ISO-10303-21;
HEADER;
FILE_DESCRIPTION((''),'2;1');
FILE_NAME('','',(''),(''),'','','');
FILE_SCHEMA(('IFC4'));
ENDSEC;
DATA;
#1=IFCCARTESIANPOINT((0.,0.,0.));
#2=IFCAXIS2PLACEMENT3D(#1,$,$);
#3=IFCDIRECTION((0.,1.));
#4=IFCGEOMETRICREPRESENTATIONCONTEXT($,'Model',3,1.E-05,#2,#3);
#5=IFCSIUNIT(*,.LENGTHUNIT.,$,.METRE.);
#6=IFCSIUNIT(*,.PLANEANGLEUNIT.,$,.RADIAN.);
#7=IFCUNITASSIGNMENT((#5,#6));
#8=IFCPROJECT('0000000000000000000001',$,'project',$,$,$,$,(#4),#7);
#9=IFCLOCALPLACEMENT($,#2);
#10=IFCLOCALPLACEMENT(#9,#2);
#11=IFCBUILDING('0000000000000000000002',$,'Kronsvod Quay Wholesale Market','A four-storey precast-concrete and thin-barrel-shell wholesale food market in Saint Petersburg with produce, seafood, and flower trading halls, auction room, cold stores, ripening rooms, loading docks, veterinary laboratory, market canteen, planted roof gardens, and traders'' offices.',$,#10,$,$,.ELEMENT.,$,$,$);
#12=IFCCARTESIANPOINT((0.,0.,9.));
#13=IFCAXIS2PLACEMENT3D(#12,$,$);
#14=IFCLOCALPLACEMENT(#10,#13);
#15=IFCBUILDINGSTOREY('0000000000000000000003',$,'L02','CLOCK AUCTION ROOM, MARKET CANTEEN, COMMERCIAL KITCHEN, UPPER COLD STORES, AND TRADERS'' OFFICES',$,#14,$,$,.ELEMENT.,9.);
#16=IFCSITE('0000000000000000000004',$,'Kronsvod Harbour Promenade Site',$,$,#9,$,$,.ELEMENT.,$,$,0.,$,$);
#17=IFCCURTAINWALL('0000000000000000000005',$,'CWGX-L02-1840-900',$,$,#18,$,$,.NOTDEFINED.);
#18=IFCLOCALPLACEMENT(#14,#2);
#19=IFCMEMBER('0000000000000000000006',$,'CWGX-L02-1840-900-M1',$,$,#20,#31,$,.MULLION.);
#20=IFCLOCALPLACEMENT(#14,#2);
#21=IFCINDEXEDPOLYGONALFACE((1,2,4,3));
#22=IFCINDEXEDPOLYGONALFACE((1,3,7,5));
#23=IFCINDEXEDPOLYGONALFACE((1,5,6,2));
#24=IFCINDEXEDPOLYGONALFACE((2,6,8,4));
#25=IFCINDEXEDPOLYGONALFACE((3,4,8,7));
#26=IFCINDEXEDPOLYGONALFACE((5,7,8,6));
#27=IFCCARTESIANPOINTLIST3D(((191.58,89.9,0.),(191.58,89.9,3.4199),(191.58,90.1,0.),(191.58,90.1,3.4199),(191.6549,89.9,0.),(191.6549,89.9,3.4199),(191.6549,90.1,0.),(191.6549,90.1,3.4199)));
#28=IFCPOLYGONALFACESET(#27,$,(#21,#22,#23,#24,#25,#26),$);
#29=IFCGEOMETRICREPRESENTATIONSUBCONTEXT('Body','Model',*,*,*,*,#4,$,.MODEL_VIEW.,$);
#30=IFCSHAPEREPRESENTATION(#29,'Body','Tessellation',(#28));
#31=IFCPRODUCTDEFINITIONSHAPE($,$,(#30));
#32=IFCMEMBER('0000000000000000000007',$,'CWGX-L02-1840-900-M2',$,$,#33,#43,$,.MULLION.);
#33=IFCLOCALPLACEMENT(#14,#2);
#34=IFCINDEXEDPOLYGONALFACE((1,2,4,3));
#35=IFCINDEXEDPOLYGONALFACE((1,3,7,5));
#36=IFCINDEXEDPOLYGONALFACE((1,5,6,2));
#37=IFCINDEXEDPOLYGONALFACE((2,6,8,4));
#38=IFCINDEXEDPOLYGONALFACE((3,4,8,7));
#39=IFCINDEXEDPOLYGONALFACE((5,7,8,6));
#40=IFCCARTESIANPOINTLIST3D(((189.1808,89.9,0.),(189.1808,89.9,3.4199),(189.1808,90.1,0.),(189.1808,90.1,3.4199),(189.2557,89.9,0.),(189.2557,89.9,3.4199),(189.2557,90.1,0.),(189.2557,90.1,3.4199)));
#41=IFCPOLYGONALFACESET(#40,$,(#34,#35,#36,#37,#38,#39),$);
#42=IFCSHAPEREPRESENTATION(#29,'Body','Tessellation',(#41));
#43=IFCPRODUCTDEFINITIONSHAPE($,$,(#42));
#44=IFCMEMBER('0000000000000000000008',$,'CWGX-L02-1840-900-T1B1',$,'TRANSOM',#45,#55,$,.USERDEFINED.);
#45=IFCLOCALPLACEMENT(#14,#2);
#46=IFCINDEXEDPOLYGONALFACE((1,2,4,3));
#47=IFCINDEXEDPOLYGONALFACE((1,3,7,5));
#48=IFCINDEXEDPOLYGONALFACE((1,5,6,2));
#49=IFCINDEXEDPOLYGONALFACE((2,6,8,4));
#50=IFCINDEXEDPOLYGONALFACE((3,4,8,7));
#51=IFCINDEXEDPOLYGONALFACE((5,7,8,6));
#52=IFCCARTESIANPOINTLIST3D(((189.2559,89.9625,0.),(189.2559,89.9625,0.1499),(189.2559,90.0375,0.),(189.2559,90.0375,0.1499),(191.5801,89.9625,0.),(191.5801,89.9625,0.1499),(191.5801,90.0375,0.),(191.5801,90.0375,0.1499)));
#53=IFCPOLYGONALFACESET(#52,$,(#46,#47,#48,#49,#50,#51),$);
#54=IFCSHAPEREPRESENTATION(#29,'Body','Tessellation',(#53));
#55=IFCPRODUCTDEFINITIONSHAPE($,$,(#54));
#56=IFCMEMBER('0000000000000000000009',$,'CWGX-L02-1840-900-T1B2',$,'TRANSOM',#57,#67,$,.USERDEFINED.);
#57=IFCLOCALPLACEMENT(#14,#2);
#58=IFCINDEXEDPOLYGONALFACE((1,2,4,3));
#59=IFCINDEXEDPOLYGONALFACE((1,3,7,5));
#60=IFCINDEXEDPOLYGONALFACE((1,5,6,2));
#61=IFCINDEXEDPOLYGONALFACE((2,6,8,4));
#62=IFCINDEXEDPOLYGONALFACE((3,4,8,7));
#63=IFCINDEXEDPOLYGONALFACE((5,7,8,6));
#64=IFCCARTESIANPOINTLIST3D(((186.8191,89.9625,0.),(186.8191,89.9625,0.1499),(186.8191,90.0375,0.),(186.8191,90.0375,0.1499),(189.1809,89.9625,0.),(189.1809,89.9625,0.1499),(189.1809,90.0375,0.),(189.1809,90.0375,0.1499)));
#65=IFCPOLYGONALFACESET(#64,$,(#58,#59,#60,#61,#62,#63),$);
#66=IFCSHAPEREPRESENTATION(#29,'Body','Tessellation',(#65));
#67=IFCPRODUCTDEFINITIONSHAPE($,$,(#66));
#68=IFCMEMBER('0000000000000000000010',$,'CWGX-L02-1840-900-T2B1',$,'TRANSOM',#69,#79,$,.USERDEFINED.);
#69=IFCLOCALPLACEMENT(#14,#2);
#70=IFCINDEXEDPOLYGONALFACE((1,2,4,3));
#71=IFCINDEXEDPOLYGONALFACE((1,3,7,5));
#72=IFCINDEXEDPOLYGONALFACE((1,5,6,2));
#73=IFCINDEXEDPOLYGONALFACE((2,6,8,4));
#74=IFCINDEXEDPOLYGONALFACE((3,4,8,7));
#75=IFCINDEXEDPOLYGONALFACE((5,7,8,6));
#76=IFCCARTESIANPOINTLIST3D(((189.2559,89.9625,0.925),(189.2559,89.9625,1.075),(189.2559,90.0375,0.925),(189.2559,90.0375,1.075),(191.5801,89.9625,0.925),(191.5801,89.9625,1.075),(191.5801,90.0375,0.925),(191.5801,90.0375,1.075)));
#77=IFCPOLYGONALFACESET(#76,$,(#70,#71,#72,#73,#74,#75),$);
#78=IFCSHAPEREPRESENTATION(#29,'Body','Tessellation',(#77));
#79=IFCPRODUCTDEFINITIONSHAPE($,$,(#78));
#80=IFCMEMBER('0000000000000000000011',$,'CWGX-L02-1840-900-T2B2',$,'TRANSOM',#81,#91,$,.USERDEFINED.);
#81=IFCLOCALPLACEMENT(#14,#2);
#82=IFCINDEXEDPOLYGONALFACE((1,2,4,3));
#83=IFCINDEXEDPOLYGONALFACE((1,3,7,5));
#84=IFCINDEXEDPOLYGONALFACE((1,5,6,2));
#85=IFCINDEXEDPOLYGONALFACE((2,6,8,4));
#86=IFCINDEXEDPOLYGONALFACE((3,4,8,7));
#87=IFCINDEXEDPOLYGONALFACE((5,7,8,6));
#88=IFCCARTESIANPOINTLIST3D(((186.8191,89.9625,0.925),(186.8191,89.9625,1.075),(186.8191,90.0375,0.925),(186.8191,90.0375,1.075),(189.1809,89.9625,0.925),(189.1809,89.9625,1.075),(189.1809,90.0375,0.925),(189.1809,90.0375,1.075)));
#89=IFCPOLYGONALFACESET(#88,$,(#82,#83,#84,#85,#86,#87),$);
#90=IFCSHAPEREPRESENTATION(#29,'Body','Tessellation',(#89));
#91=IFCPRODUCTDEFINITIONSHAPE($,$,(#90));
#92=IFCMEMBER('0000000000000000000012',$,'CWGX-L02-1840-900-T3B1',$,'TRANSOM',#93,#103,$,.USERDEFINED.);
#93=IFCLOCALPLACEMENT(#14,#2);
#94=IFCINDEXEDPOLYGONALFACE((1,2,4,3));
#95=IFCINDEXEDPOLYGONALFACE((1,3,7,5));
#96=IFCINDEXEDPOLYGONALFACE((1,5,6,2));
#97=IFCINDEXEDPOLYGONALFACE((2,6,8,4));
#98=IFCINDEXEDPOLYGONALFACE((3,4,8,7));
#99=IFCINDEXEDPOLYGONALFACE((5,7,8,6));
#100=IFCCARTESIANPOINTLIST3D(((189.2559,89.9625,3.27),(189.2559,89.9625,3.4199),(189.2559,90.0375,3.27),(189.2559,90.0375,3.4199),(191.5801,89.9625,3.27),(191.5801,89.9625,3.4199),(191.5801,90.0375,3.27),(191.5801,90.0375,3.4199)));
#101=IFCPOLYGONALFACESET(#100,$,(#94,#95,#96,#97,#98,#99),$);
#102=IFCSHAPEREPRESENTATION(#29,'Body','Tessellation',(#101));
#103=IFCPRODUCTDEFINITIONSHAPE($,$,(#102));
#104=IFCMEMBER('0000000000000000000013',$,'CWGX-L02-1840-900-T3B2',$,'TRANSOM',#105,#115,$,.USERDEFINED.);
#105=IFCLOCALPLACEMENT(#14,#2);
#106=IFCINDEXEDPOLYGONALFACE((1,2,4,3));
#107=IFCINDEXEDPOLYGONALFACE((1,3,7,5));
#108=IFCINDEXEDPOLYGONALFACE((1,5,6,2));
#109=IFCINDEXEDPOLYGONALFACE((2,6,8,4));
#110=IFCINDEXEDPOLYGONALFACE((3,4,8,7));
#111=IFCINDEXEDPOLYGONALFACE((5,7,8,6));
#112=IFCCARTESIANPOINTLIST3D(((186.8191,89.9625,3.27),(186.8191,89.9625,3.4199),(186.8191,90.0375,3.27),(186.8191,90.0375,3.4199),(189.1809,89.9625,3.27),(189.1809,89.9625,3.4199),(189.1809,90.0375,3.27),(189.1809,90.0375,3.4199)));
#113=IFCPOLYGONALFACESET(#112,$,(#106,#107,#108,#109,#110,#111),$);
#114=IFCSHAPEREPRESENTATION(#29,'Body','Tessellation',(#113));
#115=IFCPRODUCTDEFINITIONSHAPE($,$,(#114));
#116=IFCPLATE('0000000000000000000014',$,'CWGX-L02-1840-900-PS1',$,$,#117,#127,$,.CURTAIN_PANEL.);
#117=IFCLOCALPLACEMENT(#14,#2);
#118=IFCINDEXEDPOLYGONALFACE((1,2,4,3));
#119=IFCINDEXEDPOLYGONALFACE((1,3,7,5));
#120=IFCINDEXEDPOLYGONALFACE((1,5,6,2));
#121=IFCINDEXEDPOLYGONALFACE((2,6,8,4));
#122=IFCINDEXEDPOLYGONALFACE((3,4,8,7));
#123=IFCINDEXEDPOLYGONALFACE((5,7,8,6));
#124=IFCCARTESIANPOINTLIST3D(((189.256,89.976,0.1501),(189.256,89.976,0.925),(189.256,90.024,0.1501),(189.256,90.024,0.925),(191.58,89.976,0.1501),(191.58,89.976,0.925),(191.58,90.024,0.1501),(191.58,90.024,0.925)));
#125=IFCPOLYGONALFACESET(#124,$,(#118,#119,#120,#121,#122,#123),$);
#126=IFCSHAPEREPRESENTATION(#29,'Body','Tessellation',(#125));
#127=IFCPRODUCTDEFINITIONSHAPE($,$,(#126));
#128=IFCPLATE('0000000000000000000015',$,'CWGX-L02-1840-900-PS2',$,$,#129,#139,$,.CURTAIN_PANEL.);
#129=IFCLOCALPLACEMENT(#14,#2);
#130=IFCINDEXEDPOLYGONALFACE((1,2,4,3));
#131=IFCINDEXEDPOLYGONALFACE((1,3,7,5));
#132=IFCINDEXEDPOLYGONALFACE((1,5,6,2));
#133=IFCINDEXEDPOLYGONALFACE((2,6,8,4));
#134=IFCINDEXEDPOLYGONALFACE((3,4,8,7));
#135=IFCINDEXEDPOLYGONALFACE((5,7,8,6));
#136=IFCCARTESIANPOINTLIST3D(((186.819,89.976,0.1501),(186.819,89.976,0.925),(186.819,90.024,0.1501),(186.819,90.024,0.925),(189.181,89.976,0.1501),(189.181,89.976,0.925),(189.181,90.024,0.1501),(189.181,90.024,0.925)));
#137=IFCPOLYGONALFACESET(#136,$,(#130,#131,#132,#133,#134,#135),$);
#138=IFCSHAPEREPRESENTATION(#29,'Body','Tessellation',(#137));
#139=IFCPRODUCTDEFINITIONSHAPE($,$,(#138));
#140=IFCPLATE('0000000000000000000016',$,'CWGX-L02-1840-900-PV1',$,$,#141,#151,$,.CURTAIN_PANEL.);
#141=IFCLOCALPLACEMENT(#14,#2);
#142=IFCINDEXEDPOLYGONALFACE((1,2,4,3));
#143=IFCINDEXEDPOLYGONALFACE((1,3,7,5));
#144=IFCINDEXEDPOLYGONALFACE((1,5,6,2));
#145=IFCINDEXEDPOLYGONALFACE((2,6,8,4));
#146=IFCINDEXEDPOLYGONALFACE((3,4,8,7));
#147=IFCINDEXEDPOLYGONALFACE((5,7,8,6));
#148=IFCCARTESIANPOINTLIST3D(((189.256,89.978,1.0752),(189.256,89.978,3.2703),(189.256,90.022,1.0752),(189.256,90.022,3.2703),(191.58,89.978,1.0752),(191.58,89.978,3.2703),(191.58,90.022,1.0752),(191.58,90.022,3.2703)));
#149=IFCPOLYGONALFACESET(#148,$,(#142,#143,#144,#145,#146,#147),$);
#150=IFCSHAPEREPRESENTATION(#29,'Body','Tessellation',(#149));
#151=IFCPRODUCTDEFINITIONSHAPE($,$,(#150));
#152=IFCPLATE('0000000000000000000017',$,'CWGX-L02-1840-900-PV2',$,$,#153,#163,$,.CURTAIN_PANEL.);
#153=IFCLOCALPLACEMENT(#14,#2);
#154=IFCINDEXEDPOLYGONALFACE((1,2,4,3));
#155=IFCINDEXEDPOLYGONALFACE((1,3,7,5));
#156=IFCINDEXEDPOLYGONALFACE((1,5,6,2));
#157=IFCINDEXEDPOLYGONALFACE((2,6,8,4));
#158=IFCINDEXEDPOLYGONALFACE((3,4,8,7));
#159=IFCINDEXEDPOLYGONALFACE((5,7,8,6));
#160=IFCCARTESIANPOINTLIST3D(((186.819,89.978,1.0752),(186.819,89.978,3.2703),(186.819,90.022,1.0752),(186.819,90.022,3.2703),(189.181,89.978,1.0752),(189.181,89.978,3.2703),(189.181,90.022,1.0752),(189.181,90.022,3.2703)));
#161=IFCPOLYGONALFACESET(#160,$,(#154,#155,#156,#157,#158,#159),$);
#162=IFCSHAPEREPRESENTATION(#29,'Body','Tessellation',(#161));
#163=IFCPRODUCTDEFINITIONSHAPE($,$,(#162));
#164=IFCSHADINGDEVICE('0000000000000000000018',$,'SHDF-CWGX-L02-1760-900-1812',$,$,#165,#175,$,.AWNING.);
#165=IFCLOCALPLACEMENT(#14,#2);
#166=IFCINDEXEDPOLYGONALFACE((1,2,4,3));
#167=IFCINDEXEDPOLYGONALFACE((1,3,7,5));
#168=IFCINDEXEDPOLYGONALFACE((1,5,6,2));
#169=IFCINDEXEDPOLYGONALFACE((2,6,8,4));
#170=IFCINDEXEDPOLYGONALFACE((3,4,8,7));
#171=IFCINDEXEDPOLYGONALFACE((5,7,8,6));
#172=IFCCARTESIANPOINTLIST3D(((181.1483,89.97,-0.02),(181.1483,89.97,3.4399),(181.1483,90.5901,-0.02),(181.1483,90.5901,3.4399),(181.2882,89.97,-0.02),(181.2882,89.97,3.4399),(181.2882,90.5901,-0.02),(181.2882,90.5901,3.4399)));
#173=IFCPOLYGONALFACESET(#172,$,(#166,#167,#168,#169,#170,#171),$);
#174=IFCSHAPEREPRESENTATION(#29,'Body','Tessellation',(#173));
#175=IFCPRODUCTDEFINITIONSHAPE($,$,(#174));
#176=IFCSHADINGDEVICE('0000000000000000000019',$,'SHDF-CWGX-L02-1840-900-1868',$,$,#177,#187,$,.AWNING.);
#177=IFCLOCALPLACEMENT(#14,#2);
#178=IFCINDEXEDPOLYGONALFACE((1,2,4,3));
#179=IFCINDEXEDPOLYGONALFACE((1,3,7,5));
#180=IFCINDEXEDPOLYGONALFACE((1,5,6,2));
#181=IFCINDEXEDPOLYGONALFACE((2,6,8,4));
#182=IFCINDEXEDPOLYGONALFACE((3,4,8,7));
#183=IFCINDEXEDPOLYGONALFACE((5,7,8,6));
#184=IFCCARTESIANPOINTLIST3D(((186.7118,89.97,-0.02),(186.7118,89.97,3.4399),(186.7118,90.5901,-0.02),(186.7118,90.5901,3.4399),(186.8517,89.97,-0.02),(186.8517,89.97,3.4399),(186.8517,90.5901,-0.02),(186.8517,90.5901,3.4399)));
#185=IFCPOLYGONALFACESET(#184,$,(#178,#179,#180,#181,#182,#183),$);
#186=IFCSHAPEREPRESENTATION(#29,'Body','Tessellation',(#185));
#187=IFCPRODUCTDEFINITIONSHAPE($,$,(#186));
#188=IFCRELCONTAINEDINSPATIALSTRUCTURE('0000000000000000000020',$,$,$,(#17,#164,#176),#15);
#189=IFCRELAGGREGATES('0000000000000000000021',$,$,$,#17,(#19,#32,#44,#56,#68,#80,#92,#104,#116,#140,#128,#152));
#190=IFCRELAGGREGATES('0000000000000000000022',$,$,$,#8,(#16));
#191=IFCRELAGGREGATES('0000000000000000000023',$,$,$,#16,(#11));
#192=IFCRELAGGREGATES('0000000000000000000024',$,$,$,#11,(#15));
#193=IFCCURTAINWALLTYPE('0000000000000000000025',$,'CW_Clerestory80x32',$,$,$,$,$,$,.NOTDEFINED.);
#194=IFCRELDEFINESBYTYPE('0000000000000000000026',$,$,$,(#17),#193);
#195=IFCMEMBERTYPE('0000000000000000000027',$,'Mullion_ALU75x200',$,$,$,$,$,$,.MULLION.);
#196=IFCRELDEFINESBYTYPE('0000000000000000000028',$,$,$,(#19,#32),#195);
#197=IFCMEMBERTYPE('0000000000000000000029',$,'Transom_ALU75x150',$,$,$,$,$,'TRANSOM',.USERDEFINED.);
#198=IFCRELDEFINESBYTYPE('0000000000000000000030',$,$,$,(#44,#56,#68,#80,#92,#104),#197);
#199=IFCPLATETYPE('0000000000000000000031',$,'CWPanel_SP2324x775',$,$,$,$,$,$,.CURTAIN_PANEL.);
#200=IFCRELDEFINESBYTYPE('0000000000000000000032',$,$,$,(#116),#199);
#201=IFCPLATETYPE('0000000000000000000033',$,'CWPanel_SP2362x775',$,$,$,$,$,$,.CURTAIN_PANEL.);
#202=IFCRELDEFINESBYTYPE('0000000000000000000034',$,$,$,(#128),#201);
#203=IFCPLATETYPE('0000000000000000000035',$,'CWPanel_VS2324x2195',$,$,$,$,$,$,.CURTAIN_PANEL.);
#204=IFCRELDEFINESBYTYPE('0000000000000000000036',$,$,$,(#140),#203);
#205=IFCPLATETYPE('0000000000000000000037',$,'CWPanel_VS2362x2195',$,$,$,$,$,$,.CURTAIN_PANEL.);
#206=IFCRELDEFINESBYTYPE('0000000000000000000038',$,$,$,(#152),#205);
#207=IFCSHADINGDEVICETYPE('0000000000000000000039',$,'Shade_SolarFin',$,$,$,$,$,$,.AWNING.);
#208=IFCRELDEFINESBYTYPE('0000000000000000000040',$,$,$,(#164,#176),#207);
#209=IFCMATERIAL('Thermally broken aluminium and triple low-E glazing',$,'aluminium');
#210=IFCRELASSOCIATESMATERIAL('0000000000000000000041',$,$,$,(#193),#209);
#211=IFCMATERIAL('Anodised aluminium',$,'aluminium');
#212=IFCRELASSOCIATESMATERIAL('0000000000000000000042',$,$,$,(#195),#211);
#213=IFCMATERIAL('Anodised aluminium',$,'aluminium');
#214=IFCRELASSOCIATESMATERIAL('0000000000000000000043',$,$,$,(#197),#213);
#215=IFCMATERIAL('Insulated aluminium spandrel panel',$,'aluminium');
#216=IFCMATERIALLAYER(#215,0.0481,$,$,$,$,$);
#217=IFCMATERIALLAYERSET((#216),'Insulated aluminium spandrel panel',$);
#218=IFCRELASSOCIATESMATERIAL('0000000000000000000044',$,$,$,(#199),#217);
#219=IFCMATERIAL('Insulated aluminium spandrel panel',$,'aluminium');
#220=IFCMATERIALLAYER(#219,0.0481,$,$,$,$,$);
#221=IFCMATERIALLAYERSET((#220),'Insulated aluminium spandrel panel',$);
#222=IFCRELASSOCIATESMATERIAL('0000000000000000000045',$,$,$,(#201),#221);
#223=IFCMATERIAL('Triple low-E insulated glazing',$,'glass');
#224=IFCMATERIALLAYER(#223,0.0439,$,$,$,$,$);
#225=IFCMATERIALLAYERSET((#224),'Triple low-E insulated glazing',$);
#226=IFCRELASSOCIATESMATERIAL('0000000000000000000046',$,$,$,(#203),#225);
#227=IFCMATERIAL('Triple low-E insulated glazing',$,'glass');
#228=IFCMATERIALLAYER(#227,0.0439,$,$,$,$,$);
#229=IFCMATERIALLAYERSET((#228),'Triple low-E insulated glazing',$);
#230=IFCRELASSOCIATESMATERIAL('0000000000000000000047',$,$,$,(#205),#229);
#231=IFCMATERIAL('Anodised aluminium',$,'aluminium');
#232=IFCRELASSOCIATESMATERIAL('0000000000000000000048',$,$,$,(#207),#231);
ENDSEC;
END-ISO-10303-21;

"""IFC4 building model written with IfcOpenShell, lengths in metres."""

from ifc_helpers import new_model, si_unit, direction, frame, origin, origin_2d, place, context, subcontext, project, spatial, rectangle, extrude, material, layer, layer_set, material_profile, profile_set, type_object, element, aggregate, save


model = new_model("IFC4")

# Units and contexts
model_context = context("Model", 3, precision=1e-05, world=origin(), true_north=direction((0.0, 1.0)))
body_context = subcontext(model_context, "Body", "Model", "MODEL_VIEW")
ifc_project = project(units=[si_unit("LENGTHUNIT", "METRE"), si_unit("PLANEANGLEUNIT", "RADIAN")], contexts=[model_context])

# Site, building, storey
site_placement = place(None, origin())
site = spatial("IfcSite", under=ifc_project, at=site_placement, Name="Kronsvod Harbour Promenade Site", CompositionType="ELEMENT", RefElevation=0.0)
building_placement = place(site_placement, origin())
building = spatial("IfcBuilding", under=site, at=building_placement, Name="Kronsvod Quay Wholesale Market", Description="A four-storey precast-concrete and thin-barrel-shell wholesale food market in Saint Petersburg with produce, seafood, and flower trading halls, auction room, cold stores, ripening rooms, loading docks, veterinary laboratory, market canteen, planted roof gardens, and traders' offices.", CompositionType="ELEMENT")
storey_placement = place(building_placement, frame((0.0, 0.0, 9.0)))
storey = spatial("IfcBuildingStorey", under=building, at=storey_placement, Name="L02", Description="CLOCK AUCTION ROOM, MARKET CANTEEN, COMMERCIAL KITCHEN, UPPER COLD STORES, AND TRADERS' OFFICES", CompositionType="ELEMENT", Elevation=9.0)

# Curtain wall, members, plates
ifc_material_1 = material(Name="Thermally broken aluminium and triple low-E glazing", Category="aluminium")
curtain_wall_type = type_object("IfcCurtainWallType", Name="CW_Clerestory80x32", PredefinedType="NOTDEFINED", material=ifc_material_1)
curtain_wall_placement = place(storey_placement, origin())
curtain_wall = element("IfcCurtainWall", 1, at=curtain_wall_placement, inside=storey, type_object=curtain_wall_type, Name="CWGX-L02-1840-900", PredefinedType="NOTDEFINED")
ifc_material_2 = material(Name="Anodised aluminium", Category="aluminium")
ifc_material_profile_1 = material_profile(ifc_material_2, rectangle(XDim=0.075, YDim=0.2, at=origin_2d()), Name="ALUM75x200")
ifc_profile_set_1 = profile_set([ifc_material_profile_1], Name="Anodised aluminium")
member_type_1 = type_object("IfcMemberType", Name="Mullion_ALU75x200", PredefinedType="MULLION", material=ifc_profile_set_1)
member_1_placement = place(storey_placement, frame((191.6174, 90.0, 0.0), z_axis=(0.0, 0.0, 1.0), x_axis=(1.0, 0.0, 0.0)))
member_1 = element("IfcMember", 2, at=member_1_placement, type_object=member_type_1, Name="CWGX-L02-1840-900-M1", PredefinedType="MULLION", context=body_context, shape_type="SweptSolid", body=[
    extrude(rectangle(XDim=0.075, YDim=0.2, at=origin_2d()), origin(), (0.0, 0.0, 1.0), 3.4199),
])
member_2_placement = place(storey_placement, frame((189.2183, 90.0, 0.0), z_axis=(0.0, 0.0, 1.0), x_axis=(1.0, 0.0, 0.0)))
member_2 = element("IfcMember", 3, at=member_2_placement, type_object=member_type_1, Name="CWGX-L02-1840-900-M2", PredefinedType="MULLION", context=body_context, shape_type="SweptSolid", body=[
    extrude(rectangle(XDim=0.075, YDim=0.2, at=origin_2d()), origin(), (0.0, 0.0, 1.0), 3.4199),
])
ifc_material_3 = material(Name="Anodised aluminium", Category="aluminium")
ifc_material_profile_2 = material_profile(ifc_material_3, rectangle(XDim=0.075, YDim=0.1499, at=origin_2d()), Name="ALUT75x150")
ifc_profile_set_2 = profile_set([ifc_material_profile_2], Name="Anodised aluminium")
member_type_2 = type_object("IfcMemberType", Name="Transom_ALU75x150", ElementType="TRANSOM", PredefinedType="USERDEFINED", material=ifc_profile_set_2)
member_3_placement = place(storey_placement, frame((191.5801, 90.0, 0.075), z_axis=(-1.0, 0.0, 0.0), x_axis=(0.0, -1.0, 0.0)))
member_3 = element("IfcMember", 4, at=member_3_placement, type_object=member_type_2, Name="CWGX-L02-1840-900-T1B1", ObjectType="TRANSOM", PredefinedType="USERDEFINED", context=body_context, shape_type="SweptSolid", body=[
    extrude(rectangle(XDim=0.075, YDim=0.1499, at=origin_2d()), origin(), (0.0, 0.0, 1.0), 2.3242),
])
member_4_placement = place(storey_placement, frame((189.1809, 90.0, 0.075), z_axis=(-1.0, 0.0, 0.0), x_axis=(0.0, -1.0, 0.0)))
member_4 = element("IfcMember", 5, at=member_4_placement, type_object=member_type_2, Name="CWGX-L02-1840-900-T1B2", ObjectType="TRANSOM", PredefinedType="USERDEFINED", context=body_context, shape_type="SweptSolid", body=[
    extrude(rectangle(XDim=0.075, YDim=0.1499, at=origin_2d()), origin(), (0.0, 0.0, 1.0), 2.3618),
])
member_5_placement = place(storey_placement, frame((191.5801, 90.0, 1.0), z_axis=(-1.0, 0.0, 0.0), x_axis=(0.0, -1.0, 0.0)))
member_5 = element("IfcMember", 6, at=member_5_placement, type_object=member_type_2, Name="CWGX-L02-1840-900-T2B1", ObjectType="TRANSOM", PredefinedType="USERDEFINED", context=body_context, shape_type="SweptSolid", body=[
    extrude(rectangle(XDim=0.075, YDim=0.1499, at=origin_2d()), origin(), (0.0, 0.0, 1.0), 2.3242),
])
member_6_placement = place(storey_placement, frame((189.1809, 90.0, 1.0), z_axis=(-1.0, 0.0, 0.0), x_axis=(0.0, -1.0, 0.0)))
member_6 = element("IfcMember", 7, at=member_6_placement, type_object=member_type_2, Name="CWGX-L02-1840-900-T2B2", ObjectType="TRANSOM", PredefinedType="USERDEFINED", context=body_context, shape_type="SweptSolid", body=[
    extrude(rectangle(XDim=0.075, YDim=0.1499, at=origin_2d()), origin(), (0.0, 0.0, 1.0), 2.3618),
])
member_7_placement = place(storey_placement, frame((191.5801, 90.0, 3.345), z_axis=(-1.0, 0.0, 0.0), x_axis=(0.0, -1.0, 0.0)))
member_7 = element("IfcMember", 8, at=member_7_placement, type_object=member_type_2, Name="CWGX-L02-1840-900-T3B1", ObjectType="TRANSOM", PredefinedType="USERDEFINED", context=body_context, shape_type="SweptSolid", body=[
    extrude(rectangle(XDim=0.075, YDim=0.1499, at=origin_2d()), origin(), (0.0, 0.0, 1.0), 2.3242),
])
member_8_placement = place(storey_placement, frame((189.1809, 90.0, 3.345), z_axis=(-1.0, 0.0, 0.0), x_axis=(0.0, -1.0, 0.0)))
member_8 = element("IfcMember", 9, at=member_8_placement, type_object=member_type_2, Name="CWGX-L02-1840-900-T3B2", ObjectType="TRANSOM", PredefinedType="USERDEFINED", context=body_context, shape_type="SweptSolid", body=[
    extrude(rectangle(XDim=0.075, YDim=0.1499, at=origin_2d()), origin(), (0.0, 0.0, 1.0), 2.3618),
])
ifc_material_4 = material(Name="Insulated aluminium spandrel panel", Category="aluminium")
ifc_layer_1 = layer(ifc_material_4, 0.0481)
ifc_layer_set_1 = layer_set([ifc_layer_1], Name="Insulated aluminium spandrel panel")
plate_type_1 = type_object("IfcPlateType", Name="CWPanel_SP2324x775", PredefinedType="CURTAIN_PANEL", material=ifc_layer_set_1)
plate_1_placement = place(storey_placement, frame((190.418, 90.0, 0.1501), z_axis=(0.0, 0.0, 1.0), x_axis=(-1.0, 0.0, 0.0)))
plate_1 = element("IfcPlate", 10, at=plate_1_placement, type_object=plate_type_1, Name="CWGX-L02-1840-900-PS1", PredefinedType="CURTAIN_PANEL", context=body_context, shape_type="SweptSolid", body=[
    extrude(rectangle(XDim=2.324, YDim=0.0481, at=origin_2d()), origin(), (0.0, 0.0, 1.0), 0.7749),
])
ifc_material_5 = material(Name="Insulated aluminium spandrel panel", Category="aluminium")
ifc_layer_2 = layer(ifc_material_5, 0.0481)
ifc_layer_set_2 = layer_set([ifc_layer_2], Name="Insulated aluminium spandrel panel")
plate_type_2 = type_object("IfcPlateType", Name="CWPanel_SP2362x775", PredefinedType="CURTAIN_PANEL", material=ifc_layer_set_2)
plate_2_placement = place(storey_placement, frame((188.0, 90.0, 0.1501), z_axis=(0.0, 0.0, 1.0), x_axis=(-1.0, 0.0, 0.0)))
plate_2 = element("IfcPlate", 11, at=plate_2_placement, type_object=plate_type_2, Name="CWGX-L02-1840-900-PS2", PredefinedType="CURTAIN_PANEL", context=body_context, shape_type="SweptSolid", body=[
    extrude(rectangle(XDim=2.3621, YDim=0.0481, at=origin_2d()), origin(), (0.0, 0.0, 1.0), 0.7749),
])
ifc_material_6 = material(Name="Triple low-E insulated glazing", Category="glass")
ifc_layer_3 = layer(ifc_material_6, 0.0439)
ifc_layer_set_3 = layer_set([ifc_layer_3], Name="Triple low-E insulated glazing")
plate_type_3 = type_object("IfcPlateType", Name="CWPanel_VS2324x2195", PredefinedType="CURTAIN_PANEL", material=ifc_layer_set_3)
plate_3_placement = place(storey_placement, frame((190.418, 90.0, 1.0752), z_axis=(0.0, 0.0, 1.0), x_axis=(-1.0, 0.0, 0.0)))
plate_3 = element("IfcPlate", 12, at=plate_3_placement, type_object=plate_type_3, Name="CWGX-L02-1840-900-PV1", PredefinedType="CURTAIN_PANEL", context=body_context, shape_type="SweptSolid", body=[
    extrude(rectangle(XDim=2.324, YDim=0.0439, at=origin_2d()), origin(), (0.0, 0.0, 1.0), 2.1951),
])
ifc_material_7 = material(Name="Triple low-E insulated glazing", Category="glass")
ifc_layer_4 = layer(ifc_material_7, 0.0439)
ifc_layer_set_4 = layer_set([ifc_layer_4], Name="Triple low-E insulated glazing")
plate_type_4 = type_object("IfcPlateType", Name="CWPanel_VS2362x2195", PredefinedType="CURTAIN_PANEL", material=ifc_layer_set_4)
plate_4_placement = place(storey_placement, frame((188.0, 90.0, 1.0752), z_axis=(0.0, 0.0, 1.0), x_axis=(-1.0, 0.0, 0.0)))
plate_4 = element("IfcPlate", 13, at=plate_4_placement, type_object=plate_type_4, Name="CWGX-L02-1840-900-PV2", PredefinedType="CURTAIN_PANEL", context=body_context, shape_type="SweptSolid", body=[
    extrude(rectangle(XDim=2.3621, YDim=0.0439, at=origin_2d()), origin(), (0.0, 0.0, 1.0), 2.1951),
])
aggregate(curtain_wall, [member_1, member_2, member_3, member_4, member_5, member_6, member_7, member_8, plate_1, plate_3, plate_2, plate_4])

# Shading devices
ifc_material_8 = material(Name="Anodised aluminium", Category="aluminium")
shading_device_type = type_object("IfcShadingDeviceType", Name="Shade_SolarFin", PredefinedType="AWNING", material=ifc_material_8)
for number, where, z_axis, x_axis, name in (
    (14, (181.2183, 90.28, -0.02), (0.0, 0.0, 1.0), (1.0, 0.0, 0.0), "SHDF-CWGX-L02-1760-900-1812"),
    (15, (186.7817, 90.28, -0.02), (0.0, 0.0, 1.0), (1.0, 0.0, 0.0), "SHDF-CWGX-L02-1840-900-1868"),
):
    element("IfcShadingDevice", number, at=place(storey_placement, frame(where, z_axis=z_axis, x_axis=x_axis)), inside=storey, type_object=shading_device_type, Name=name, PredefinedType="AWNING", context=body_context, shape_type="SweptSolid", body=[
        extrude(rectangle(XDim=0.1399, YDim=0.6201, at=origin_2d()), origin(), (0.0, 0.0, 1.0), 3.46),
    ])

save(model, "model.ifc")
